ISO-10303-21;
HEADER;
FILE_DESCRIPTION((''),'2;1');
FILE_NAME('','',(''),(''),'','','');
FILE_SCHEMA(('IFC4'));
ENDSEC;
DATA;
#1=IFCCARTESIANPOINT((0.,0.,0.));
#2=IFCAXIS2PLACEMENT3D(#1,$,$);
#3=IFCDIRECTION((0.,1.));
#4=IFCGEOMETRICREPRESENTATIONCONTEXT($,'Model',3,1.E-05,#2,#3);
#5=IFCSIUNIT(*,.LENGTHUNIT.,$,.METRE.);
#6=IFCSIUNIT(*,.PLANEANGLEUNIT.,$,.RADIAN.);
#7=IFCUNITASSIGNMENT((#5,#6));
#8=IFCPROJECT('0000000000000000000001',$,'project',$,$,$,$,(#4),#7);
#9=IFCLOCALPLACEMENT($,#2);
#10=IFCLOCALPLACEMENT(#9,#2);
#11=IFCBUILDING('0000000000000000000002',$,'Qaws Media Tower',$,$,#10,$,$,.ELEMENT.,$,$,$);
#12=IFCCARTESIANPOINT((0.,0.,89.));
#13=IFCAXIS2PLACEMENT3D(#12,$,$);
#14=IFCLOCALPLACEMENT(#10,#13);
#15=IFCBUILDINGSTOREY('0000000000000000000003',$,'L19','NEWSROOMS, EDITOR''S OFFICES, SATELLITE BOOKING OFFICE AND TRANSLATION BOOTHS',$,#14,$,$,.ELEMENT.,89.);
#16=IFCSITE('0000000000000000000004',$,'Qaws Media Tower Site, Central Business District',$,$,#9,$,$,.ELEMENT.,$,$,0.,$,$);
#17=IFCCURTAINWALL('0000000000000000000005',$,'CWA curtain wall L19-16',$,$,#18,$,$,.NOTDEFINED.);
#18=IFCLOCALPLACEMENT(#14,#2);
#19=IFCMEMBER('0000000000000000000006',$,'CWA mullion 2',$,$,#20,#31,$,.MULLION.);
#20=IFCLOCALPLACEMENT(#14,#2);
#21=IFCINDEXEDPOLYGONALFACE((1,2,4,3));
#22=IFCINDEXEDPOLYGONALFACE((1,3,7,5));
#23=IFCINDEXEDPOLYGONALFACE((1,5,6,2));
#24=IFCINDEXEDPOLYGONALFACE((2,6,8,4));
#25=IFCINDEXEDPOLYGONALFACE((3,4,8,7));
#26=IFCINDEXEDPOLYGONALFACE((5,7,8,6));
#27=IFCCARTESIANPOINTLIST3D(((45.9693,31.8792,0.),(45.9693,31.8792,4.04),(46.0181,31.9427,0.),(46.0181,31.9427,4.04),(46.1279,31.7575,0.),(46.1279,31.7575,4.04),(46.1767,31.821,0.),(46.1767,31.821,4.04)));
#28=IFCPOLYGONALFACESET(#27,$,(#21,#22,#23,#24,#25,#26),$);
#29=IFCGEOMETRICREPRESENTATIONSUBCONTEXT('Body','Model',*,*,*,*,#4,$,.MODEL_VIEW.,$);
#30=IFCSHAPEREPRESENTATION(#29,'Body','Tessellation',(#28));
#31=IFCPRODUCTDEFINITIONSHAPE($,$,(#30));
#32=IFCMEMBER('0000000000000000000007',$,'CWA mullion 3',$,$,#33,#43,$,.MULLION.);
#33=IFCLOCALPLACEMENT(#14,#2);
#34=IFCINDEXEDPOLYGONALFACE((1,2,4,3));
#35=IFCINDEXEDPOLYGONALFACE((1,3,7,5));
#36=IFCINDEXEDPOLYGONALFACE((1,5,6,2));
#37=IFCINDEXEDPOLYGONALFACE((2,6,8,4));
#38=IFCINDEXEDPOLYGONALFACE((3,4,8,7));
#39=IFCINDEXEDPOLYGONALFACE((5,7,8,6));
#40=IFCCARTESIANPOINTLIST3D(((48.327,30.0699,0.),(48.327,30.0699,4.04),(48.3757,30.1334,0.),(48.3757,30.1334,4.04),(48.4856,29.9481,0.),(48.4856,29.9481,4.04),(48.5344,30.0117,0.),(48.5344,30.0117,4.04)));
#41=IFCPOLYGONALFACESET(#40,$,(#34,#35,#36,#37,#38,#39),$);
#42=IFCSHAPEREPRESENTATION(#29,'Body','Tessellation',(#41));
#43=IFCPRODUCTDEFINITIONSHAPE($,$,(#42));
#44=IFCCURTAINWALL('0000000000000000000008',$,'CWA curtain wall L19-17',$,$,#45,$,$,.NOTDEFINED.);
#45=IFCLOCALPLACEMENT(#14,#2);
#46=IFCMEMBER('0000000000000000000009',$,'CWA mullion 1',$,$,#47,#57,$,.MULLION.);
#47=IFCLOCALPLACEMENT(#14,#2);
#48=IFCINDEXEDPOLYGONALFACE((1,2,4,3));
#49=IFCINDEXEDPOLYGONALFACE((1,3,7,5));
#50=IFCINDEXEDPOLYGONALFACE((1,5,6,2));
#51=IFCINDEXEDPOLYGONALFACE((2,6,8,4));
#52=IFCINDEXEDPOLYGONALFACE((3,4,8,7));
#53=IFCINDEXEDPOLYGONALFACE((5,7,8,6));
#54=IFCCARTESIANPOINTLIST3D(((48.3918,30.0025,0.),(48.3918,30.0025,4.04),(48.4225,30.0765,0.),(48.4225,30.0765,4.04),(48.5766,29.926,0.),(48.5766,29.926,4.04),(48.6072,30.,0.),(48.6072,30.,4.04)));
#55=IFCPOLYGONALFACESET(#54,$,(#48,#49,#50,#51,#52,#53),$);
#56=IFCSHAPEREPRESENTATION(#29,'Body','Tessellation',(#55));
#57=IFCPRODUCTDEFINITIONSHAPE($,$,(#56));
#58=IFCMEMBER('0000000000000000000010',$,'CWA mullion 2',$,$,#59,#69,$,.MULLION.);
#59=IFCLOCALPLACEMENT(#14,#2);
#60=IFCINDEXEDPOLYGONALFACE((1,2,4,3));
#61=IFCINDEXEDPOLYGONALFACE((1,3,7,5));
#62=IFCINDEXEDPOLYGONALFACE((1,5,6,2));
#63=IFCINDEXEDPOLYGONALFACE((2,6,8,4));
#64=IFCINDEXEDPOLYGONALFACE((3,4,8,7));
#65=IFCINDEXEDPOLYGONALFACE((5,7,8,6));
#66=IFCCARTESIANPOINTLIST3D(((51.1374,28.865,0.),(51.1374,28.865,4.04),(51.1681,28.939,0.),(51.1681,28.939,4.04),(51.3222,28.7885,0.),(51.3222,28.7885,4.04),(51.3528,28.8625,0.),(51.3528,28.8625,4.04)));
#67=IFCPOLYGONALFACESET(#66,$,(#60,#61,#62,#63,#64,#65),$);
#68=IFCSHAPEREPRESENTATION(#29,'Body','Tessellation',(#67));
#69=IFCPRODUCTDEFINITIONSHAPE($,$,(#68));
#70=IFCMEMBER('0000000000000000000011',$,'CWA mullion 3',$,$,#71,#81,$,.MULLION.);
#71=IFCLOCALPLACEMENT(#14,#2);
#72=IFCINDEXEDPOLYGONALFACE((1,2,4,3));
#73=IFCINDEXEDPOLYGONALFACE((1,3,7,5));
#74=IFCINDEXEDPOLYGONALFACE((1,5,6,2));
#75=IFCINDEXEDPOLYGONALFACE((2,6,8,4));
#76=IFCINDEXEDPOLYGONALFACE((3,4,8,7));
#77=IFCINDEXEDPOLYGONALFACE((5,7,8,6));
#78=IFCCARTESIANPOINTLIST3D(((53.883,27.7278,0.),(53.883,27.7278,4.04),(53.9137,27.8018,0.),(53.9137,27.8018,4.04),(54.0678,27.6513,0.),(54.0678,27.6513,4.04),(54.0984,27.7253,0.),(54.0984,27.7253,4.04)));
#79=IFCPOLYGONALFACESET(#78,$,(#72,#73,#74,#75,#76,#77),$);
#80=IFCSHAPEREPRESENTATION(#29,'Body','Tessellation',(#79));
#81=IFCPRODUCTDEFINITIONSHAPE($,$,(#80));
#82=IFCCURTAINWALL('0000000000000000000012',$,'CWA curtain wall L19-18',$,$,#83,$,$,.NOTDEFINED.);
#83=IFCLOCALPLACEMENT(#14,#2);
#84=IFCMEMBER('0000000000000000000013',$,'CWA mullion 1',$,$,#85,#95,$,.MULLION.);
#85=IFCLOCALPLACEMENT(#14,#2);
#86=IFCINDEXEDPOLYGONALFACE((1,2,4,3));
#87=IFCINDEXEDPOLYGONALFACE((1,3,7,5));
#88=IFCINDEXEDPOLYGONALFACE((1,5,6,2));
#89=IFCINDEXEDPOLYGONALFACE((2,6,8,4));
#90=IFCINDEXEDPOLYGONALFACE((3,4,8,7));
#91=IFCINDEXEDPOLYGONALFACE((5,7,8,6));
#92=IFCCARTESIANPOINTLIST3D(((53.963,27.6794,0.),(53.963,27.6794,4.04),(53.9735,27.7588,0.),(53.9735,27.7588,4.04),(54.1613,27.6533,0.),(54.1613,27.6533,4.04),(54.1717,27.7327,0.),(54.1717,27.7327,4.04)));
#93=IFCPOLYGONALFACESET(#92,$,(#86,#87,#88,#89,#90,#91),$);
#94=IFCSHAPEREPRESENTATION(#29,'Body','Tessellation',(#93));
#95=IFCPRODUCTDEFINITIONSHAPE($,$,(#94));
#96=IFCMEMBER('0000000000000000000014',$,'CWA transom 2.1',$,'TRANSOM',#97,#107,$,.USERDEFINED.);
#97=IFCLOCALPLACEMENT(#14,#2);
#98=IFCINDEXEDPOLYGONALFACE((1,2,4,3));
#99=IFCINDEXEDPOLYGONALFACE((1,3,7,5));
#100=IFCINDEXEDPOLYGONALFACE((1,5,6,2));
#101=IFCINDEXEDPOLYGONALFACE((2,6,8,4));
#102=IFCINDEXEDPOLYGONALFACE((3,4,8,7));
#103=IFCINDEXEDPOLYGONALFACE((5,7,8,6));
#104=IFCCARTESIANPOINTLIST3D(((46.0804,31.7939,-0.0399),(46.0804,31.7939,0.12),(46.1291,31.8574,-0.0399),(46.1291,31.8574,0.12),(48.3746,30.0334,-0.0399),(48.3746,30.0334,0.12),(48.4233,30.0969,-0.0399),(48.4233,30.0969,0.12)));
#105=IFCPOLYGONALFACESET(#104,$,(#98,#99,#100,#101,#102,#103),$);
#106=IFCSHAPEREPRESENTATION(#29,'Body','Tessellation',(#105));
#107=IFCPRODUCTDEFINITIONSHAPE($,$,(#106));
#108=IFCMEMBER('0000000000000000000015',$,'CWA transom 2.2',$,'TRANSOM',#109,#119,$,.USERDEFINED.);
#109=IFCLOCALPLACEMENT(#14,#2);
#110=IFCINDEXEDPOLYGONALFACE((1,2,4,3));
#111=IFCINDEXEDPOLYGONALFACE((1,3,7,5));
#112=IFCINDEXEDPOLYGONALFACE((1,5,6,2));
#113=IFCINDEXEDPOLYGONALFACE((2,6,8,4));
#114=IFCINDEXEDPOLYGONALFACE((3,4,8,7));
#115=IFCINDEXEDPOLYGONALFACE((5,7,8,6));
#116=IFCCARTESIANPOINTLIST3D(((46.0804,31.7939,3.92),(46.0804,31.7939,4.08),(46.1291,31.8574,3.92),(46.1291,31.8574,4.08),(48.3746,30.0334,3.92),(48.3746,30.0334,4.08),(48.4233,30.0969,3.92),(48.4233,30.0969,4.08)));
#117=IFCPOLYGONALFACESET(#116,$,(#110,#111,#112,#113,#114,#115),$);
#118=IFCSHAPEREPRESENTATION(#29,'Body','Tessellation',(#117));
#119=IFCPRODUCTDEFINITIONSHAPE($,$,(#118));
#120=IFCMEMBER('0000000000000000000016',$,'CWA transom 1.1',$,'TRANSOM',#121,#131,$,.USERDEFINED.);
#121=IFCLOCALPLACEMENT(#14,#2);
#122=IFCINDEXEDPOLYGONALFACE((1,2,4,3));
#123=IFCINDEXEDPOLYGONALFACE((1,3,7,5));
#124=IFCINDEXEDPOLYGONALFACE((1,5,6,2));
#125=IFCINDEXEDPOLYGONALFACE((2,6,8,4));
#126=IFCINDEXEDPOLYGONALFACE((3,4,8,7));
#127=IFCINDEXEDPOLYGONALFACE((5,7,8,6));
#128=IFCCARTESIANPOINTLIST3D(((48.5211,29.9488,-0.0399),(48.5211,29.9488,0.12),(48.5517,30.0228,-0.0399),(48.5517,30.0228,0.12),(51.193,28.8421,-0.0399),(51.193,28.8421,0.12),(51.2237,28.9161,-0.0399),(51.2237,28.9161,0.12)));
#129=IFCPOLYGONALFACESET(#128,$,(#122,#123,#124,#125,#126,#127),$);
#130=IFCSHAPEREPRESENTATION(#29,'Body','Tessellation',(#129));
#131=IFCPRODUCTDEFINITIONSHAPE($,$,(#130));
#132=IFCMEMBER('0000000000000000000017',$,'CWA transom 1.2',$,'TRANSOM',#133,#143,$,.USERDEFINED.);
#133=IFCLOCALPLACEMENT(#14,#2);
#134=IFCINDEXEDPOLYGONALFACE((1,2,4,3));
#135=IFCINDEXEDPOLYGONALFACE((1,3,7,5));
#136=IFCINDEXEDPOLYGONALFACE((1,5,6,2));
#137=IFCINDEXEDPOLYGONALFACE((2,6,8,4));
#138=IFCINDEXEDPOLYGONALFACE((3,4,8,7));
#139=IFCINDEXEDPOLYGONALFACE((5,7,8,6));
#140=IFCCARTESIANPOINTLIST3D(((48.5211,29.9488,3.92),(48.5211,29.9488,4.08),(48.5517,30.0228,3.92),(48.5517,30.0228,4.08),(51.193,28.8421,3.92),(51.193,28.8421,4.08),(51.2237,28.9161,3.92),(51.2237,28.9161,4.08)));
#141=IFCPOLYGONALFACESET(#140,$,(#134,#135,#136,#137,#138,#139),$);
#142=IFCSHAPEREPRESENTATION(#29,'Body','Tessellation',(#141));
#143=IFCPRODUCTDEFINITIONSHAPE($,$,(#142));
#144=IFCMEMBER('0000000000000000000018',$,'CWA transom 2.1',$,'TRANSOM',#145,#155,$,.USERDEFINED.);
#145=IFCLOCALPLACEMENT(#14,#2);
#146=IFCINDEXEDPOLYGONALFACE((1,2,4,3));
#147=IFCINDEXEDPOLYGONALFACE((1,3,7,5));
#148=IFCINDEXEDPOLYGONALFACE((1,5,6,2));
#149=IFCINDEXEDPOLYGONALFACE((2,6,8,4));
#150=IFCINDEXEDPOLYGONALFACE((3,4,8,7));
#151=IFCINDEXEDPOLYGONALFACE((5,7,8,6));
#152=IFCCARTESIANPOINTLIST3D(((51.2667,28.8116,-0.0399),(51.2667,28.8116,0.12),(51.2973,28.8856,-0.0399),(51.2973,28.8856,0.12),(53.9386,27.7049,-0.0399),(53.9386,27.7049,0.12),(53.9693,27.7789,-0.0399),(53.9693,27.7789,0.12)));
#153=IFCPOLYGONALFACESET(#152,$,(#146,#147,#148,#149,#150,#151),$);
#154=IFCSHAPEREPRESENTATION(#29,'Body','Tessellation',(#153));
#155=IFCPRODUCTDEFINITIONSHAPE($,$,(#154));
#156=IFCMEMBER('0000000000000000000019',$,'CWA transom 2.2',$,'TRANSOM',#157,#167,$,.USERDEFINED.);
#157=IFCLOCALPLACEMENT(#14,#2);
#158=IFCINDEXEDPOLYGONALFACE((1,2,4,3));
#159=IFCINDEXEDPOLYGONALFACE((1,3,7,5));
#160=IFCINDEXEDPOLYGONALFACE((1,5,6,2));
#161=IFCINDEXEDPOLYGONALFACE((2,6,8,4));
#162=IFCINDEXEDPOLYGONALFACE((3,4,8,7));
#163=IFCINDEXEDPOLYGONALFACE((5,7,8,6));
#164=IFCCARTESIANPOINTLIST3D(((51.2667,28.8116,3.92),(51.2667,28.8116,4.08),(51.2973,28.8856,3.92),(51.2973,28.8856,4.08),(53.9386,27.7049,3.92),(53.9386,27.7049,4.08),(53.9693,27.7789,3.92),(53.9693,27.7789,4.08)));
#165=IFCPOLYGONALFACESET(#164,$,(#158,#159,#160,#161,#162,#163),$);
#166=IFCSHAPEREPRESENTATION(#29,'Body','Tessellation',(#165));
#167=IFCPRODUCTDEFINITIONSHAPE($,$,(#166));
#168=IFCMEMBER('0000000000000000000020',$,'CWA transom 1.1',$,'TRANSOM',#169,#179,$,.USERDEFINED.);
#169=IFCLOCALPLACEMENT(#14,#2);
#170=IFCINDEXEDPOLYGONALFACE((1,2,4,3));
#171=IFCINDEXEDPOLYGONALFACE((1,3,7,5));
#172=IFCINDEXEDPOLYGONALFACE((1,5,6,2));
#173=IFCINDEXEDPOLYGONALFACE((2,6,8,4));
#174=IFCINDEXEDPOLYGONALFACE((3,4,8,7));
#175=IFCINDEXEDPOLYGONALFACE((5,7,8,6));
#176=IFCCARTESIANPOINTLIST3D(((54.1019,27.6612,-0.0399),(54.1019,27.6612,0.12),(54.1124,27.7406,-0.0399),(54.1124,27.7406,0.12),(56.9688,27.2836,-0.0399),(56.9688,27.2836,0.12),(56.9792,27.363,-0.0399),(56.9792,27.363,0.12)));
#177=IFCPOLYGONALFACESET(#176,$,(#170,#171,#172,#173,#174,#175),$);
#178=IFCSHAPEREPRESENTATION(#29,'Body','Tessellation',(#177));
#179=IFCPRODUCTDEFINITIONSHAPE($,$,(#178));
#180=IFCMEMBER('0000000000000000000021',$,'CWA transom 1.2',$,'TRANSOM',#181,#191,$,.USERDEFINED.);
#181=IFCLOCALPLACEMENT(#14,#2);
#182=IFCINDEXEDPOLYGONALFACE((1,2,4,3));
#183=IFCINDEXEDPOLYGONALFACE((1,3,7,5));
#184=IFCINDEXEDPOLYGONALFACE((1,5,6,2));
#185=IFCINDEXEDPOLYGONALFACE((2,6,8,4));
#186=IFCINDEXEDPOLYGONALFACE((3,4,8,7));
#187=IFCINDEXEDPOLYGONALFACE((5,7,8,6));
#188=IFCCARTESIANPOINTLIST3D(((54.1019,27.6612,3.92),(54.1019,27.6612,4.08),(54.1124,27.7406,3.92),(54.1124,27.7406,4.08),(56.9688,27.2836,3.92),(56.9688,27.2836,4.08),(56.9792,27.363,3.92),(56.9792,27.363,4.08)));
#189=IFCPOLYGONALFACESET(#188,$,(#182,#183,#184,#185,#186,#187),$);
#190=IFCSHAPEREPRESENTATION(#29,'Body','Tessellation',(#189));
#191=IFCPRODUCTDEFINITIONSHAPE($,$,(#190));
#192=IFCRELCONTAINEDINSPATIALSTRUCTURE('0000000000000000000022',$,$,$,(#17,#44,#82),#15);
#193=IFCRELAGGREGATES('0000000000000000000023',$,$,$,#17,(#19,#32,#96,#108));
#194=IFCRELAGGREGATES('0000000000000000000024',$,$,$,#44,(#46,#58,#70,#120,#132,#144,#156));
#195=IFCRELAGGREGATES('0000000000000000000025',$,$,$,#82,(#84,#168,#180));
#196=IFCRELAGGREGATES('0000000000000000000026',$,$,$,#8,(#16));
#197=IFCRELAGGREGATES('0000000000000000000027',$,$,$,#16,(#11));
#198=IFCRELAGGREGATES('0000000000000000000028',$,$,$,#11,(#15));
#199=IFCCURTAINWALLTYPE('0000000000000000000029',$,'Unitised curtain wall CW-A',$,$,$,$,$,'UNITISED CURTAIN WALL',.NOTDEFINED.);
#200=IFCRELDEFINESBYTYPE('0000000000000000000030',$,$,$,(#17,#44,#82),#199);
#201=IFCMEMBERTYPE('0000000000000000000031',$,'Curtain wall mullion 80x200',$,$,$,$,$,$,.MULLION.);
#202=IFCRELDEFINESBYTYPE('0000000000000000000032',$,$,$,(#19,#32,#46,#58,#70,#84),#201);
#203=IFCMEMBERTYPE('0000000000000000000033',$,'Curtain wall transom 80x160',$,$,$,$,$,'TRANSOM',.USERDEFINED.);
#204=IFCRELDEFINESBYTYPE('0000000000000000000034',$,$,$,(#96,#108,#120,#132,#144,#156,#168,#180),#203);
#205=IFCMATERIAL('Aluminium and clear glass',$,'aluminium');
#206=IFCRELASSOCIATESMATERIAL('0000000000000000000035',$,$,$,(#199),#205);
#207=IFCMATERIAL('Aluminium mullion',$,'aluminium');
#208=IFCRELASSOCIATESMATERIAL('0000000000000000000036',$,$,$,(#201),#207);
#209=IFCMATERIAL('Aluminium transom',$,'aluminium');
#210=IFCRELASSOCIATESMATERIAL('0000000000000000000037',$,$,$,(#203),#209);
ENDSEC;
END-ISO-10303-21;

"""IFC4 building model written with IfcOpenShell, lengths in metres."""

from ifc_helpers import new_model, si_unit, direction, frame, origin, origin_2d, place, context, subcontext, project, spatial, rectangle, extrude, material, material_profile, profile_set, type_object, element, aggregate, save


model = new_model("IFC4")

# Units and contexts
model_context = context("Model", 3, precision=1e-05, world=origin(), true_north=direction((0.0, 1.0)))
body_context = subcontext(model_context, "Body", "Model", "MODEL_VIEW")
ifc_project = project(units=[si_unit("LENGTHUNIT", "METRE"), si_unit("PLANEANGLEUNIT", "RADIAN")], contexts=[model_context])

# Site, building, storey
site_placement = place(None, origin())
site = spatial("IfcSite", under=ifc_project, at=site_placement, Name="Qaws Media Tower Site, Central Business District", CompositionType="ELEMENT", RefElevation=0.0)
building_placement = place(site_placement, origin())
building = spatial("IfcBuilding", under=site, at=building_placement, Name="Qaws Media Tower", CompositionType="ELEMENT")
storey_placement = place(building_placement, frame((0.0, 0.0, 89.0)))
storey = spatial("IfcBuildingStorey", under=building, at=storey_placement, Name="L19", Description="NEWSROOMS, EDITOR'S OFFICES, SATELLITE BOOKING OFFICE AND TRANSLATION BOOTHS", CompositionType="ELEMENT", Elevation=89.0)

# Curtain walls, members
ifc_material_1 = material(Name="Aluminium and clear glass", Category="aluminium")
curtain_wall_type = type_object("IfcCurtainWallType", Name="Unitised curtain wall CW-A", ElementType="UNITISED CURTAIN WALL", PredefinedType="NOTDEFINED", material=ifc_material_1)
curtain_wall_1_placement = place(storey_placement, origin())
curtain_wall_1 = element("IfcCurtainWall", 1, at=curtain_wall_1_placement, inside=storey, type_object=curtain_wall_type, Name="CWA curtain wall L19-16", PredefinedType="NOTDEFINED")
ifc_material_2 = material(Name="Aluminium mullion", Category="aluminium")
ifc_material_profile_1 = material_profile(ifc_material_2, rectangle(XDim=0.0801, YDim=0.2, at=origin_2d()), Name="80x200")
ifc_profile_set_1 = profile_set([ifc_material_profile_1], Name="Aluminium mullion")
member_type_1 = type_object("IfcMemberType", Name="Curtain wall mullion 80x200", PredefinedType="MULLION", material=ifc_profile_set_1)
member_1_placement = place(storey_placement, frame((46.073, 31.8501, 0.0), z_axis=(0.0, 0.0, 1.0), x_axis=(0.608761, 0.793353, 0.0)))
member_1 = element("IfcMember", 2, at=member_1_placement, type_object=member_type_1, Name="CWA mullion 2", PredefinedType="MULLION", context=body_context, shape_type="SweptSolid", body=[
    extrude(rectangle(XDim=0.0801, YDim=0.2, at=origin_2d()), origin(), (0.0, 0.0, 1.0), 4.04),
])
member_2_placement = place(storey_placement, frame((48.4307, 30.0408, 0.0), z_axis=(0.0, 0.0, 1.0), x_axis=(0.608761, 0.793353, 0.0)))
member_2 = element("IfcMember", 3, at=member_2_placement, type_object=member_type_1, Name="CWA mullion 3", PredefinedType="MULLION", context=body_context, shape_type="SweptSolid", body=[
    extrude(rectangle(XDim=0.0801, YDim=0.2, at=origin_2d()), origin(), (0.0, 0.0, 1.0), 4.04),
])
curtain_wall_2_placement = place(storey_placement, origin())
curtain_wall_2 = element("IfcCurtainWall", 4, at=curtain_wall_2_placement, inside=storey, type_object=curtain_wall_type, Name="CWA curtain wall L19-17", PredefinedType="NOTDEFINED")
member_3_placement = place(storey_placement, frame((48.4995, 30.0012, 0.0), z_axis=(0.0, 0.0, 1.0), x_axis=(0.382683, 0.92388, 0.0)))
member_3 = element("IfcMember", 5, at=member_3_placement, type_object=member_type_1, Name="CWA mullion 1", PredefinedType="MULLION", context=body_context, shape_type="SweptSolid", body=[
    extrude(rectangle(XDim=0.0801, YDim=0.2, at=origin_2d()), origin(), (0.0, 0.0, 1.0), 4.04),
])
member_4_placement = place(storey_placement, frame((51.2451, 28.8638, 0.0), z_axis=(0.0, 0.0, 1.0), x_axis=(0.382683, 0.92388, 0.0)))
member_4 = element("IfcMember", 6, at=member_4_placement, type_object=member_type_1, Name="CWA mullion 2", PredefinedType="MULLION", context=body_context, shape_type="SweptSolid", body=[
    extrude(rectangle(XDim=0.0801, YDim=0.2, at=origin_2d()), origin(), (0.0, 0.0, 1.0), 4.04),
])
member_5_placement = place(storey_placement, frame((53.9907, 27.7266, 0.0), z_axis=(0.0, 0.0, 1.0), x_axis=(0.382683, 0.92388, 0.0)))
member_5 = element("IfcMember", 7, at=member_5_placement, type_object=member_type_1, Name="CWA mullion 3", PredefinedType="MULLION", context=body_context, shape_type="SweptSolid", body=[
    extrude(rectangle(XDim=0.0801, YDim=0.2, at=origin_2d()), origin(), (0.0, 0.0, 1.0), 4.04),
])

# Curtain wall, member
curtain_wall_3_placement = place(storey_placement, origin())
curtain_wall_3 = element("IfcCurtainWall", 8, at=curtain_wall_3_placement, inside=storey, type_object=curtain_wall_type, Name="CWA curtain wall L19-18", PredefinedType="NOTDEFINED")
member_6_placement = place(storey_placement, frame((54.0674, 27.7061, 0.0), z_axis=(0.0, 0.0, 1.0), x_axis=(0.130526, 0.991445, 0.0)))
member_6 = element("IfcMember", 9, at=member_6_placement, type_object=member_type_1, Name="CWA mullion 1", PredefinedType="MULLION", context=body_context, shape_type="SweptSolid", body=[
    extrude(rectangle(XDim=0.0801, YDim=0.2, at=origin_2d()), origin(), (0.0, 0.0, 1.0), 4.04),
])

# Members
ifc_material_3 = material(Name="Aluminium transom", Category="aluminium")
ifc_material_profile_2 = material_profile(ifc_material_3, rectangle(XDim=0.0801, YDim=0.1599, at=origin_2d()), Name="80x160")
ifc_profile_set_2 = profile_set([ifc_material_profile_2], Name="Aluminium transom")
member_type_2 = type_object("IfcMemberType", Name="Curtain wall transom 80x160", ElementType="TRANSOM", PredefinedType="USERDEFINED", material=ifc_profile_set_2)
member_7_placement = place(storey_placement, frame((46.1047, 31.8257, 0.04), z_axis=(0.793336, -0.608784, 0.0), x_axis=(0.608784, 0.793336, 0.0)))
member_7 = element("IfcMember", 10, at=member_7_placement, type_object=member_type_2, Name="CWA transom 2.1", ObjectType="TRANSOM", PredefinedType="USERDEFINED", context=body_context, shape_type="SweptSolid", body=[
    extrude(rectangle(XDim=0.0801, YDim=0.1599, at=origin_2d()), origin(), (0.0, 0.0, 1.0), 2.8918),
])
member_8_placement = place(storey_placement, frame((46.1047, 31.8257, 4.0), z_axis=(0.793336, -0.608784, 0.0), x_axis=(0.608784, 0.793336, 0.0)))
member_8 = element("IfcMember", 11, at=member_8_placement, type_object=member_type_2, Name="CWA transom 2.2", ObjectType="TRANSOM", PredefinedType="USERDEFINED", context=body_context, shape_type="SweptSolid", body=[
    extrude(rectangle(XDim=0.0801, YDim=0.1599, at=origin_2d()), origin(), (0.0, 0.0, 1.0), 2.8918),
])
member_9_placement = place(storey_placement, frame((48.5364, 29.9858, 0.04), z_axis=(0.923884, -0.382672, 0.0), x_axis=(0.382672, 0.923884, 0.0)))
member_9 = element("IfcMember", 12, at=member_9_placement, type_object=member_type_2, Name="CWA transom 1.1", ObjectType="TRANSOM", PredefinedType="USERDEFINED", context=body_context, shape_type="SweptSolid", body=[
    extrude(rectangle(XDim=0.0801, YDim=0.1599, at=origin_2d()), origin(), (0.0, 0.0, 1.0), 2.8921),
])
member_10_placement = place(storey_placement, frame((48.5364, 29.9858, 4.0), z_axis=(0.923884, -0.382672, 0.0), x_axis=(0.382672, 0.923884, 0.0)))
member_10 = element("IfcMember", 13, at=member_10_placement, type_object=member_type_2, Name="CWA transom 1.2", ObjectType="TRANSOM", PredefinedType="USERDEFINED", context=body_context, shape_type="SweptSolid", body=[
    extrude(rectangle(XDim=0.0801, YDim=0.1599, at=origin_2d()), origin(), (0.0, 0.0, 1.0), 2.8921),
])
member_11_placement = place(storey_placement, frame((51.282, 28.8486, 0.04), z_axis=(0.923884, -0.382672, 0.0), x_axis=(0.382672, 0.923884, 0.0)))
member_11 = element("IfcMember", 14, at=member_11_placement, type_object=member_type_2, Name="CWA transom 2.1", ObjectType="TRANSOM", PredefinedType="USERDEFINED", context=body_context, shape_type="SweptSolid", body=[
    extrude(rectangle(XDim=0.0801, YDim=0.1599, at=origin_2d()), origin(), (0.0, 0.0, 1.0), 2.8921),
])
member_12_placement = place(storey_placement, frame((51.282, 28.8486, 4.0), z_axis=(0.923884, -0.382672, 0.0), x_axis=(0.382672, 0.923884, 0.0)))
member_12 = element("IfcMember", 15, at=member_12_placement, type_object=member_type_2, Name="CWA transom 2.2", ObjectType="TRANSOM", PredefinedType="USERDEFINED", context=body_context, shape_type="SweptSolid", body=[
    extrude(rectangle(XDim=0.0801, YDim=0.1599, at=origin_2d()), origin(), (0.0, 0.0, 1.0), 2.8921),
])
member_13_placement = place(storey_placement, frame((54.1072, 27.7009, 0.04), z_axis=(0.991434, -0.13061, 0.0), x_axis=(0.13061, 0.991434, 0.0)))
member_13 = element("IfcMember", 16, at=member_13_placement, type_object=member_type_2, Name="CWA transom 1.1", ObjectType="TRANSOM", PredefinedType="USERDEFINED", context=body_context, shape_type="SweptSolid", body=[
    extrude(rectangle(XDim=0.0801, YDim=0.1599, at=origin_2d()), origin(), (0.0, 0.0, 1.0), 2.8916),
])
member_14_placement = place(storey_placement, frame((54.1072, 27.7009, 4.0), z_axis=(0.991434, -0.13061, 0.0), x_axis=(0.13061, 0.991434, 0.0)))
member_14 = element("IfcMember", 17, at=member_14_placement, type_object=member_type_2, Name="CWA transom 1.2", ObjectType="TRANSOM", PredefinedType="USERDEFINED", context=body_context, shape_type="SweptSolid", body=[
    extrude(rectangle(XDim=0.0801, YDim=0.1599, at=origin_2d()), origin(), (0.0, 0.0, 1.0), 2.8916),
])

aggregate(curtain_wall_1, [member_1, member_2, member_7, member_8])
aggregate(curtain_wall_2, [member_3, member_4, member_5, member_9, member_10, member_11, member_12])
aggregate(curtain_wall_3, [member_6, member_13, member_14])

save(model, "model.ifc")
